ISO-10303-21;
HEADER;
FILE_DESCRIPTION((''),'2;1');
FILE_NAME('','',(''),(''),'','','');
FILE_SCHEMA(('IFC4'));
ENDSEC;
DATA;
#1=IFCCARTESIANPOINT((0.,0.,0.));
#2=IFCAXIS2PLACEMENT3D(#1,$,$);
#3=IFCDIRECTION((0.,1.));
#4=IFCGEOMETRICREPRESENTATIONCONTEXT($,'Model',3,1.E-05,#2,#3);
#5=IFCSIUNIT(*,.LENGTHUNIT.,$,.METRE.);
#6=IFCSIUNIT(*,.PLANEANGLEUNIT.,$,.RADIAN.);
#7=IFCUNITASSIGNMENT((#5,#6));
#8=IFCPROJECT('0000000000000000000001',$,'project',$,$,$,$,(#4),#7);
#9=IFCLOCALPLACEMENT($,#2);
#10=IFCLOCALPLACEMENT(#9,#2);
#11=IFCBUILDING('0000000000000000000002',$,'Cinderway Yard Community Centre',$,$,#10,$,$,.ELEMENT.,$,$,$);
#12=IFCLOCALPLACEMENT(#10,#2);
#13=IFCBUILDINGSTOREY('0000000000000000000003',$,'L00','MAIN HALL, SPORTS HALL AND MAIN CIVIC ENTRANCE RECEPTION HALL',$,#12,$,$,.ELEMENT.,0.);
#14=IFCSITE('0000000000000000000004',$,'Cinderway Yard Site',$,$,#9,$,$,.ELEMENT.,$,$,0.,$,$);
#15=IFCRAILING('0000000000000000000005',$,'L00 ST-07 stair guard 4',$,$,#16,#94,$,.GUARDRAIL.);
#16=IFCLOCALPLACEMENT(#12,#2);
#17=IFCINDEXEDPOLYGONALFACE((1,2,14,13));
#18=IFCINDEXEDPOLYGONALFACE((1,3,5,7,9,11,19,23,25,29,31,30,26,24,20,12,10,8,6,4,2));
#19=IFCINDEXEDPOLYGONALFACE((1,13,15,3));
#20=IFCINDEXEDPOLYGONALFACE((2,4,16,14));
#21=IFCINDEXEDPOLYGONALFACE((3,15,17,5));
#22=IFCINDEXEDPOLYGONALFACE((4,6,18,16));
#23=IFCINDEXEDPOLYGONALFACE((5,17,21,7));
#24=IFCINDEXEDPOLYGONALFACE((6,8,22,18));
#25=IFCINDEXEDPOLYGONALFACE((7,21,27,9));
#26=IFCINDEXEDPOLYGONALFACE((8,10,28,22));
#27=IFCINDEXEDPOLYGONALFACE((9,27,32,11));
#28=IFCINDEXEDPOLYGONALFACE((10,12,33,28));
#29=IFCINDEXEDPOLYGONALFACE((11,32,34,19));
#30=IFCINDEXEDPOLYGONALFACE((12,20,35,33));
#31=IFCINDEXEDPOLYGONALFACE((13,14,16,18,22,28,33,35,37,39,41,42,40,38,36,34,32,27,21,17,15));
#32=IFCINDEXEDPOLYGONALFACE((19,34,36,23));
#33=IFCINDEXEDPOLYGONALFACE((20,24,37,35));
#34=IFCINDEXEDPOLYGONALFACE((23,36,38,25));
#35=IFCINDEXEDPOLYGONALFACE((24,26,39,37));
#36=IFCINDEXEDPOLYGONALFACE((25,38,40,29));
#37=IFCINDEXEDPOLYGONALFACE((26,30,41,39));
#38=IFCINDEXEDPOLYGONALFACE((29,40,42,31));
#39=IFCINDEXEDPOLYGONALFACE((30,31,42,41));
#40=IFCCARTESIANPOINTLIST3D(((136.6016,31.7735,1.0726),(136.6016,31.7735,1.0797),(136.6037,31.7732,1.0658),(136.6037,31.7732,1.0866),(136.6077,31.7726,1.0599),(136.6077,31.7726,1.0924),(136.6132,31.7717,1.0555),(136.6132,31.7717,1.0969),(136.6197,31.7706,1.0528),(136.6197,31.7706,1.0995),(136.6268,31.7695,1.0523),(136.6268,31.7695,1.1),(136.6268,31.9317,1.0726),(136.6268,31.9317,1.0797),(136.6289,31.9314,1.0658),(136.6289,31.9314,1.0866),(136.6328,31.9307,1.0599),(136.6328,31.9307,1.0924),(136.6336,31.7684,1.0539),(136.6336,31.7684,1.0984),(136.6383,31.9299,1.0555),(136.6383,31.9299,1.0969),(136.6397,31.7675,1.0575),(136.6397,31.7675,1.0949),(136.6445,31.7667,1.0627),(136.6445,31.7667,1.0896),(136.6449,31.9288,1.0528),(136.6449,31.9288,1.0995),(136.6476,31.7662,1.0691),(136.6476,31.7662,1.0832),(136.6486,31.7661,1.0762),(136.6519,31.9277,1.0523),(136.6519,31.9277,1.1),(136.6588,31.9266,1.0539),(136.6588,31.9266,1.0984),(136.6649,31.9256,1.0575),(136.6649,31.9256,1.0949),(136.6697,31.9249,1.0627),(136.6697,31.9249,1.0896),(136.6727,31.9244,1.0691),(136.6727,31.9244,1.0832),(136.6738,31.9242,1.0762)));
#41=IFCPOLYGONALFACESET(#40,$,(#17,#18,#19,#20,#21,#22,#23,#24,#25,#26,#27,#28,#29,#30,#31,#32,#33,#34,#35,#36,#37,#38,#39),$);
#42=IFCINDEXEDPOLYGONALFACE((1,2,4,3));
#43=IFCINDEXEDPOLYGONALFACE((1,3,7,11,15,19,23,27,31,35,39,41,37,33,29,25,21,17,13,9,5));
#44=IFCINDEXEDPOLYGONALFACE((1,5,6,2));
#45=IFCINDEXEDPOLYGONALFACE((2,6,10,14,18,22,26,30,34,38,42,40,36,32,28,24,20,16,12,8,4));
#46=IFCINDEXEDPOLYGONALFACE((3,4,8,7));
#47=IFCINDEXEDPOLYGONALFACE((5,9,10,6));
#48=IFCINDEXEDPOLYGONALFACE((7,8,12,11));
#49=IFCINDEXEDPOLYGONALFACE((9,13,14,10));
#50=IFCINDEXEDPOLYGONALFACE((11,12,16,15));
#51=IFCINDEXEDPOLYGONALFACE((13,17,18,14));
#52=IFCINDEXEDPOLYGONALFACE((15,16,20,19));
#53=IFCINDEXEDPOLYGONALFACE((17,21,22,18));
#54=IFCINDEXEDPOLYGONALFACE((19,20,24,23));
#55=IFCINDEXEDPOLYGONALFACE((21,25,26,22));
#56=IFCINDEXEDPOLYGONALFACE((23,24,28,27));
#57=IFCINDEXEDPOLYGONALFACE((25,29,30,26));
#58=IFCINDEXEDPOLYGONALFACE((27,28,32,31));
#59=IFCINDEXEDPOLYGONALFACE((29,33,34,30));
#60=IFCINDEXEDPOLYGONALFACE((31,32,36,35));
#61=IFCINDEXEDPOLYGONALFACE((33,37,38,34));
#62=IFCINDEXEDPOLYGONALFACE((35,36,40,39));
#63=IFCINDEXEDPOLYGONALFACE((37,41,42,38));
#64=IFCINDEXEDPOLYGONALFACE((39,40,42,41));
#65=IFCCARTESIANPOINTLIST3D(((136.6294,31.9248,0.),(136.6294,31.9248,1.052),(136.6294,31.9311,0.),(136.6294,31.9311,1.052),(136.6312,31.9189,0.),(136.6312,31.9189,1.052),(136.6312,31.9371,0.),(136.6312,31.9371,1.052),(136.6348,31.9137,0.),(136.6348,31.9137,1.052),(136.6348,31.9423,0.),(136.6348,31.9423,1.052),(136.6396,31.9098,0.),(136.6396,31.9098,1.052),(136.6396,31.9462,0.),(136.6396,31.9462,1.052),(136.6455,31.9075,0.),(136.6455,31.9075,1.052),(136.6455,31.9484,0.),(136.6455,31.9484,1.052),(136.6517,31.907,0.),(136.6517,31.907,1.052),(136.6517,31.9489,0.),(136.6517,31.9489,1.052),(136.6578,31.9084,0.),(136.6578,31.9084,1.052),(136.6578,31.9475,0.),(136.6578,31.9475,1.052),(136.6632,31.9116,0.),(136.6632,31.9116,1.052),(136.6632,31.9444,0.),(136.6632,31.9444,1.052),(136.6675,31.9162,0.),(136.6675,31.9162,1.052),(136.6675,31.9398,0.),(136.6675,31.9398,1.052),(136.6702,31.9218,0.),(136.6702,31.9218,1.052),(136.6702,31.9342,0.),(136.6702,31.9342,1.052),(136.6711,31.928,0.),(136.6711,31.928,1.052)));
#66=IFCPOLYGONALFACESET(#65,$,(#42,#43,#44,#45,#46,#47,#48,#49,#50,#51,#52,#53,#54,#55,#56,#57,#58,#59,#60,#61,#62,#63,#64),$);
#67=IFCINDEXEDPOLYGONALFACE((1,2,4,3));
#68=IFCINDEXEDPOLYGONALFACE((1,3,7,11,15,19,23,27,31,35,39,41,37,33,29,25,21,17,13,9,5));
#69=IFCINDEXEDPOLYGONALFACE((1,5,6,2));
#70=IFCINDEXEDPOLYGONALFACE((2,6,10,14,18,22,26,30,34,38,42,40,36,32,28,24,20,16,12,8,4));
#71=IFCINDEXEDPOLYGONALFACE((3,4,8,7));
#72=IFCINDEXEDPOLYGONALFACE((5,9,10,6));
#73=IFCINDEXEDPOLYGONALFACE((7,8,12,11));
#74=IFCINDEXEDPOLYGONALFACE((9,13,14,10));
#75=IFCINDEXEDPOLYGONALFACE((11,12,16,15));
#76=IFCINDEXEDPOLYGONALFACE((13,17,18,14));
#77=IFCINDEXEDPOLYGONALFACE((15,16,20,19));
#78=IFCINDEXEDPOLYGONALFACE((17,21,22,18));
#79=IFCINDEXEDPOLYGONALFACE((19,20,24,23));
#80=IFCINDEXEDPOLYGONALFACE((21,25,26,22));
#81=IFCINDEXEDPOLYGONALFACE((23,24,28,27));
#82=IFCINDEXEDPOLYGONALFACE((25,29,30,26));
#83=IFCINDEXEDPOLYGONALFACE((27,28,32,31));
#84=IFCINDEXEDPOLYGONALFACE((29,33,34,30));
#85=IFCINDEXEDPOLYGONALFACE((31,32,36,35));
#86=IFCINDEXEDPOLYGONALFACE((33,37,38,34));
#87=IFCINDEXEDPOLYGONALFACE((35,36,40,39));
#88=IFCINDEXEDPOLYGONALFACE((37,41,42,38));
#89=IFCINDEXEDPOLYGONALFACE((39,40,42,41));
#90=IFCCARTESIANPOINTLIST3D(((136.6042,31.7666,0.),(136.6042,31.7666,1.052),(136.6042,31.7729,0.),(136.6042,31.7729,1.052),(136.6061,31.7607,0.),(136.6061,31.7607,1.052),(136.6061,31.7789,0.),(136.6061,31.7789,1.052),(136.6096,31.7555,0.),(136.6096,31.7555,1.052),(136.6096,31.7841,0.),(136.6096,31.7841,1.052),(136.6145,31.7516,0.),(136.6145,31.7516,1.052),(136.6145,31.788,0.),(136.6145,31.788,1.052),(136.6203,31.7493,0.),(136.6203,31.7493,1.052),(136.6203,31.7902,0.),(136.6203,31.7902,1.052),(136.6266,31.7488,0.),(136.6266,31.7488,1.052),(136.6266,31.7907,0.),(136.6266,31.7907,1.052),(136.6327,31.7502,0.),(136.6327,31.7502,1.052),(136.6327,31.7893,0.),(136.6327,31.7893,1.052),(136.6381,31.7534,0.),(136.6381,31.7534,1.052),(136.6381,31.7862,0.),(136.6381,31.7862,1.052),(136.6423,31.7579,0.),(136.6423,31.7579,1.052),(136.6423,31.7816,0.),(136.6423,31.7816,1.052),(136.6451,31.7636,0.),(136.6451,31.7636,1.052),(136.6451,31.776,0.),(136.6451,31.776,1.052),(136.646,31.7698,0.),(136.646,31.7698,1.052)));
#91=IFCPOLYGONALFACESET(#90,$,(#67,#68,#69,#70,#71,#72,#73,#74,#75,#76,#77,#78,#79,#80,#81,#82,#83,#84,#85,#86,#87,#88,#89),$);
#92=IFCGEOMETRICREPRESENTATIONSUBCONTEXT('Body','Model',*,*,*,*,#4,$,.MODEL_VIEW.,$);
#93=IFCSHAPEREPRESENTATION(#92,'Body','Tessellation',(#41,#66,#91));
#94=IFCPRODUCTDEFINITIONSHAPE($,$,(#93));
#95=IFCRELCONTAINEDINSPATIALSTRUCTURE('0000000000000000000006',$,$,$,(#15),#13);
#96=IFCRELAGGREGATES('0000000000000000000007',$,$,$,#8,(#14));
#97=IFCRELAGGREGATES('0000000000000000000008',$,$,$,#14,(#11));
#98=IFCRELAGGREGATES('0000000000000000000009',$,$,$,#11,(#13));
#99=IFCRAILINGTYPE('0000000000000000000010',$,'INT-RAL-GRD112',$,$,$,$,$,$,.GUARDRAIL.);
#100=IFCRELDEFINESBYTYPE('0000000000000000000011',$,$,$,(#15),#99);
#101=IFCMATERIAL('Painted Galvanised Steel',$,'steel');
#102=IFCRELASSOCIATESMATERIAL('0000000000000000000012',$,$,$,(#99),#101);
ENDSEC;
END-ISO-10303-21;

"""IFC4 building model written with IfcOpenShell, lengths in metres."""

from ifc_helpers import new_model, si_unit, direction, frame, origin, origin_2d, place, context, subcontext, project, spatial, circle, extrude, material, type_object, element, save


model = new_model("IFC4")

# Units and contexts
model_context = context("Model", 3, precision=1e-05, world=origin(), true_north=direction((0.0, 1.0)))
body_context = subcontext(model_context, "Body", "Model", "MODEL_VIEW")
ifc_project = project(units=[si_unit("LENGTHUNIT", "METRE"), si_unit("PLANEANGLEUNIT", "RADIAN")], contexts=[model_context])

# Site, building, storey
site_placement = place(None, origin())
site = spatial("IfcSite", under=ifc_project, at=site_placement, Name="Cinderway Yard Site", CompositionType="ELEMENT", RefElevation=0.0)
building_placement = place(site_placement, origin())
building = spatial("IfcBuilding", under=site, at=building_placement, Name="Cinderway Yard Community Centre", CompositionType="ELEMENT")
storey_placement = place(building_placement, origin())
storey = spatial("IfcBuildingStorey", under=building, at=storey_placement, Name="L00", Description="MAIN HALL, SPORTS HALL AND MAIN CIVIC ENTRANCE RECEPTION HALL", CompositionType="ELEMENT", Elevation=0.0)

# Shared definitions
ifc_material_1 = material(Name="Painted Galvanised Steel", Category="steel")

# Railing
railing_type_1 = type_object("IfcRailingType", Name="INT-RAL-GRD112", PredefinedType="GUARDRAIL", material=ifc_material_1)
railing_1_placement = place(storey_placement, frame((136.6501, 31.928, 0.0)))
element("IfcRailing", 1, at=railing_1_placement, inside=storey, type_object=railing_type_1, Name="L00 ST-07 stair guard 4", PredefinedType="GUARDRAIL", context=body_context, shape_type="SweptSolid", body=[
    extrude(circle(Radius=0.0239, at=origin_2d()), frame((0.0, 0.0, 1.0762), z_axis=(-0.15698, -0.987602, 0.0), x_axis=(0.987602, -0.15698, 0.0)), (0.0, 0.0, 1.0), 0.1602),
    extrude(circle(Radius=0.021, at=origin_2d()), origin(), (0.0, 0.0, 1.0), 1.052),
    extrude(circle(Radius=0.021, at=origin_2d()), frame((-0.0251, -0.1582, 0.0)), (0.0, 0.0, 1.0), 1.052),
])

save(model, "model.ifc")
